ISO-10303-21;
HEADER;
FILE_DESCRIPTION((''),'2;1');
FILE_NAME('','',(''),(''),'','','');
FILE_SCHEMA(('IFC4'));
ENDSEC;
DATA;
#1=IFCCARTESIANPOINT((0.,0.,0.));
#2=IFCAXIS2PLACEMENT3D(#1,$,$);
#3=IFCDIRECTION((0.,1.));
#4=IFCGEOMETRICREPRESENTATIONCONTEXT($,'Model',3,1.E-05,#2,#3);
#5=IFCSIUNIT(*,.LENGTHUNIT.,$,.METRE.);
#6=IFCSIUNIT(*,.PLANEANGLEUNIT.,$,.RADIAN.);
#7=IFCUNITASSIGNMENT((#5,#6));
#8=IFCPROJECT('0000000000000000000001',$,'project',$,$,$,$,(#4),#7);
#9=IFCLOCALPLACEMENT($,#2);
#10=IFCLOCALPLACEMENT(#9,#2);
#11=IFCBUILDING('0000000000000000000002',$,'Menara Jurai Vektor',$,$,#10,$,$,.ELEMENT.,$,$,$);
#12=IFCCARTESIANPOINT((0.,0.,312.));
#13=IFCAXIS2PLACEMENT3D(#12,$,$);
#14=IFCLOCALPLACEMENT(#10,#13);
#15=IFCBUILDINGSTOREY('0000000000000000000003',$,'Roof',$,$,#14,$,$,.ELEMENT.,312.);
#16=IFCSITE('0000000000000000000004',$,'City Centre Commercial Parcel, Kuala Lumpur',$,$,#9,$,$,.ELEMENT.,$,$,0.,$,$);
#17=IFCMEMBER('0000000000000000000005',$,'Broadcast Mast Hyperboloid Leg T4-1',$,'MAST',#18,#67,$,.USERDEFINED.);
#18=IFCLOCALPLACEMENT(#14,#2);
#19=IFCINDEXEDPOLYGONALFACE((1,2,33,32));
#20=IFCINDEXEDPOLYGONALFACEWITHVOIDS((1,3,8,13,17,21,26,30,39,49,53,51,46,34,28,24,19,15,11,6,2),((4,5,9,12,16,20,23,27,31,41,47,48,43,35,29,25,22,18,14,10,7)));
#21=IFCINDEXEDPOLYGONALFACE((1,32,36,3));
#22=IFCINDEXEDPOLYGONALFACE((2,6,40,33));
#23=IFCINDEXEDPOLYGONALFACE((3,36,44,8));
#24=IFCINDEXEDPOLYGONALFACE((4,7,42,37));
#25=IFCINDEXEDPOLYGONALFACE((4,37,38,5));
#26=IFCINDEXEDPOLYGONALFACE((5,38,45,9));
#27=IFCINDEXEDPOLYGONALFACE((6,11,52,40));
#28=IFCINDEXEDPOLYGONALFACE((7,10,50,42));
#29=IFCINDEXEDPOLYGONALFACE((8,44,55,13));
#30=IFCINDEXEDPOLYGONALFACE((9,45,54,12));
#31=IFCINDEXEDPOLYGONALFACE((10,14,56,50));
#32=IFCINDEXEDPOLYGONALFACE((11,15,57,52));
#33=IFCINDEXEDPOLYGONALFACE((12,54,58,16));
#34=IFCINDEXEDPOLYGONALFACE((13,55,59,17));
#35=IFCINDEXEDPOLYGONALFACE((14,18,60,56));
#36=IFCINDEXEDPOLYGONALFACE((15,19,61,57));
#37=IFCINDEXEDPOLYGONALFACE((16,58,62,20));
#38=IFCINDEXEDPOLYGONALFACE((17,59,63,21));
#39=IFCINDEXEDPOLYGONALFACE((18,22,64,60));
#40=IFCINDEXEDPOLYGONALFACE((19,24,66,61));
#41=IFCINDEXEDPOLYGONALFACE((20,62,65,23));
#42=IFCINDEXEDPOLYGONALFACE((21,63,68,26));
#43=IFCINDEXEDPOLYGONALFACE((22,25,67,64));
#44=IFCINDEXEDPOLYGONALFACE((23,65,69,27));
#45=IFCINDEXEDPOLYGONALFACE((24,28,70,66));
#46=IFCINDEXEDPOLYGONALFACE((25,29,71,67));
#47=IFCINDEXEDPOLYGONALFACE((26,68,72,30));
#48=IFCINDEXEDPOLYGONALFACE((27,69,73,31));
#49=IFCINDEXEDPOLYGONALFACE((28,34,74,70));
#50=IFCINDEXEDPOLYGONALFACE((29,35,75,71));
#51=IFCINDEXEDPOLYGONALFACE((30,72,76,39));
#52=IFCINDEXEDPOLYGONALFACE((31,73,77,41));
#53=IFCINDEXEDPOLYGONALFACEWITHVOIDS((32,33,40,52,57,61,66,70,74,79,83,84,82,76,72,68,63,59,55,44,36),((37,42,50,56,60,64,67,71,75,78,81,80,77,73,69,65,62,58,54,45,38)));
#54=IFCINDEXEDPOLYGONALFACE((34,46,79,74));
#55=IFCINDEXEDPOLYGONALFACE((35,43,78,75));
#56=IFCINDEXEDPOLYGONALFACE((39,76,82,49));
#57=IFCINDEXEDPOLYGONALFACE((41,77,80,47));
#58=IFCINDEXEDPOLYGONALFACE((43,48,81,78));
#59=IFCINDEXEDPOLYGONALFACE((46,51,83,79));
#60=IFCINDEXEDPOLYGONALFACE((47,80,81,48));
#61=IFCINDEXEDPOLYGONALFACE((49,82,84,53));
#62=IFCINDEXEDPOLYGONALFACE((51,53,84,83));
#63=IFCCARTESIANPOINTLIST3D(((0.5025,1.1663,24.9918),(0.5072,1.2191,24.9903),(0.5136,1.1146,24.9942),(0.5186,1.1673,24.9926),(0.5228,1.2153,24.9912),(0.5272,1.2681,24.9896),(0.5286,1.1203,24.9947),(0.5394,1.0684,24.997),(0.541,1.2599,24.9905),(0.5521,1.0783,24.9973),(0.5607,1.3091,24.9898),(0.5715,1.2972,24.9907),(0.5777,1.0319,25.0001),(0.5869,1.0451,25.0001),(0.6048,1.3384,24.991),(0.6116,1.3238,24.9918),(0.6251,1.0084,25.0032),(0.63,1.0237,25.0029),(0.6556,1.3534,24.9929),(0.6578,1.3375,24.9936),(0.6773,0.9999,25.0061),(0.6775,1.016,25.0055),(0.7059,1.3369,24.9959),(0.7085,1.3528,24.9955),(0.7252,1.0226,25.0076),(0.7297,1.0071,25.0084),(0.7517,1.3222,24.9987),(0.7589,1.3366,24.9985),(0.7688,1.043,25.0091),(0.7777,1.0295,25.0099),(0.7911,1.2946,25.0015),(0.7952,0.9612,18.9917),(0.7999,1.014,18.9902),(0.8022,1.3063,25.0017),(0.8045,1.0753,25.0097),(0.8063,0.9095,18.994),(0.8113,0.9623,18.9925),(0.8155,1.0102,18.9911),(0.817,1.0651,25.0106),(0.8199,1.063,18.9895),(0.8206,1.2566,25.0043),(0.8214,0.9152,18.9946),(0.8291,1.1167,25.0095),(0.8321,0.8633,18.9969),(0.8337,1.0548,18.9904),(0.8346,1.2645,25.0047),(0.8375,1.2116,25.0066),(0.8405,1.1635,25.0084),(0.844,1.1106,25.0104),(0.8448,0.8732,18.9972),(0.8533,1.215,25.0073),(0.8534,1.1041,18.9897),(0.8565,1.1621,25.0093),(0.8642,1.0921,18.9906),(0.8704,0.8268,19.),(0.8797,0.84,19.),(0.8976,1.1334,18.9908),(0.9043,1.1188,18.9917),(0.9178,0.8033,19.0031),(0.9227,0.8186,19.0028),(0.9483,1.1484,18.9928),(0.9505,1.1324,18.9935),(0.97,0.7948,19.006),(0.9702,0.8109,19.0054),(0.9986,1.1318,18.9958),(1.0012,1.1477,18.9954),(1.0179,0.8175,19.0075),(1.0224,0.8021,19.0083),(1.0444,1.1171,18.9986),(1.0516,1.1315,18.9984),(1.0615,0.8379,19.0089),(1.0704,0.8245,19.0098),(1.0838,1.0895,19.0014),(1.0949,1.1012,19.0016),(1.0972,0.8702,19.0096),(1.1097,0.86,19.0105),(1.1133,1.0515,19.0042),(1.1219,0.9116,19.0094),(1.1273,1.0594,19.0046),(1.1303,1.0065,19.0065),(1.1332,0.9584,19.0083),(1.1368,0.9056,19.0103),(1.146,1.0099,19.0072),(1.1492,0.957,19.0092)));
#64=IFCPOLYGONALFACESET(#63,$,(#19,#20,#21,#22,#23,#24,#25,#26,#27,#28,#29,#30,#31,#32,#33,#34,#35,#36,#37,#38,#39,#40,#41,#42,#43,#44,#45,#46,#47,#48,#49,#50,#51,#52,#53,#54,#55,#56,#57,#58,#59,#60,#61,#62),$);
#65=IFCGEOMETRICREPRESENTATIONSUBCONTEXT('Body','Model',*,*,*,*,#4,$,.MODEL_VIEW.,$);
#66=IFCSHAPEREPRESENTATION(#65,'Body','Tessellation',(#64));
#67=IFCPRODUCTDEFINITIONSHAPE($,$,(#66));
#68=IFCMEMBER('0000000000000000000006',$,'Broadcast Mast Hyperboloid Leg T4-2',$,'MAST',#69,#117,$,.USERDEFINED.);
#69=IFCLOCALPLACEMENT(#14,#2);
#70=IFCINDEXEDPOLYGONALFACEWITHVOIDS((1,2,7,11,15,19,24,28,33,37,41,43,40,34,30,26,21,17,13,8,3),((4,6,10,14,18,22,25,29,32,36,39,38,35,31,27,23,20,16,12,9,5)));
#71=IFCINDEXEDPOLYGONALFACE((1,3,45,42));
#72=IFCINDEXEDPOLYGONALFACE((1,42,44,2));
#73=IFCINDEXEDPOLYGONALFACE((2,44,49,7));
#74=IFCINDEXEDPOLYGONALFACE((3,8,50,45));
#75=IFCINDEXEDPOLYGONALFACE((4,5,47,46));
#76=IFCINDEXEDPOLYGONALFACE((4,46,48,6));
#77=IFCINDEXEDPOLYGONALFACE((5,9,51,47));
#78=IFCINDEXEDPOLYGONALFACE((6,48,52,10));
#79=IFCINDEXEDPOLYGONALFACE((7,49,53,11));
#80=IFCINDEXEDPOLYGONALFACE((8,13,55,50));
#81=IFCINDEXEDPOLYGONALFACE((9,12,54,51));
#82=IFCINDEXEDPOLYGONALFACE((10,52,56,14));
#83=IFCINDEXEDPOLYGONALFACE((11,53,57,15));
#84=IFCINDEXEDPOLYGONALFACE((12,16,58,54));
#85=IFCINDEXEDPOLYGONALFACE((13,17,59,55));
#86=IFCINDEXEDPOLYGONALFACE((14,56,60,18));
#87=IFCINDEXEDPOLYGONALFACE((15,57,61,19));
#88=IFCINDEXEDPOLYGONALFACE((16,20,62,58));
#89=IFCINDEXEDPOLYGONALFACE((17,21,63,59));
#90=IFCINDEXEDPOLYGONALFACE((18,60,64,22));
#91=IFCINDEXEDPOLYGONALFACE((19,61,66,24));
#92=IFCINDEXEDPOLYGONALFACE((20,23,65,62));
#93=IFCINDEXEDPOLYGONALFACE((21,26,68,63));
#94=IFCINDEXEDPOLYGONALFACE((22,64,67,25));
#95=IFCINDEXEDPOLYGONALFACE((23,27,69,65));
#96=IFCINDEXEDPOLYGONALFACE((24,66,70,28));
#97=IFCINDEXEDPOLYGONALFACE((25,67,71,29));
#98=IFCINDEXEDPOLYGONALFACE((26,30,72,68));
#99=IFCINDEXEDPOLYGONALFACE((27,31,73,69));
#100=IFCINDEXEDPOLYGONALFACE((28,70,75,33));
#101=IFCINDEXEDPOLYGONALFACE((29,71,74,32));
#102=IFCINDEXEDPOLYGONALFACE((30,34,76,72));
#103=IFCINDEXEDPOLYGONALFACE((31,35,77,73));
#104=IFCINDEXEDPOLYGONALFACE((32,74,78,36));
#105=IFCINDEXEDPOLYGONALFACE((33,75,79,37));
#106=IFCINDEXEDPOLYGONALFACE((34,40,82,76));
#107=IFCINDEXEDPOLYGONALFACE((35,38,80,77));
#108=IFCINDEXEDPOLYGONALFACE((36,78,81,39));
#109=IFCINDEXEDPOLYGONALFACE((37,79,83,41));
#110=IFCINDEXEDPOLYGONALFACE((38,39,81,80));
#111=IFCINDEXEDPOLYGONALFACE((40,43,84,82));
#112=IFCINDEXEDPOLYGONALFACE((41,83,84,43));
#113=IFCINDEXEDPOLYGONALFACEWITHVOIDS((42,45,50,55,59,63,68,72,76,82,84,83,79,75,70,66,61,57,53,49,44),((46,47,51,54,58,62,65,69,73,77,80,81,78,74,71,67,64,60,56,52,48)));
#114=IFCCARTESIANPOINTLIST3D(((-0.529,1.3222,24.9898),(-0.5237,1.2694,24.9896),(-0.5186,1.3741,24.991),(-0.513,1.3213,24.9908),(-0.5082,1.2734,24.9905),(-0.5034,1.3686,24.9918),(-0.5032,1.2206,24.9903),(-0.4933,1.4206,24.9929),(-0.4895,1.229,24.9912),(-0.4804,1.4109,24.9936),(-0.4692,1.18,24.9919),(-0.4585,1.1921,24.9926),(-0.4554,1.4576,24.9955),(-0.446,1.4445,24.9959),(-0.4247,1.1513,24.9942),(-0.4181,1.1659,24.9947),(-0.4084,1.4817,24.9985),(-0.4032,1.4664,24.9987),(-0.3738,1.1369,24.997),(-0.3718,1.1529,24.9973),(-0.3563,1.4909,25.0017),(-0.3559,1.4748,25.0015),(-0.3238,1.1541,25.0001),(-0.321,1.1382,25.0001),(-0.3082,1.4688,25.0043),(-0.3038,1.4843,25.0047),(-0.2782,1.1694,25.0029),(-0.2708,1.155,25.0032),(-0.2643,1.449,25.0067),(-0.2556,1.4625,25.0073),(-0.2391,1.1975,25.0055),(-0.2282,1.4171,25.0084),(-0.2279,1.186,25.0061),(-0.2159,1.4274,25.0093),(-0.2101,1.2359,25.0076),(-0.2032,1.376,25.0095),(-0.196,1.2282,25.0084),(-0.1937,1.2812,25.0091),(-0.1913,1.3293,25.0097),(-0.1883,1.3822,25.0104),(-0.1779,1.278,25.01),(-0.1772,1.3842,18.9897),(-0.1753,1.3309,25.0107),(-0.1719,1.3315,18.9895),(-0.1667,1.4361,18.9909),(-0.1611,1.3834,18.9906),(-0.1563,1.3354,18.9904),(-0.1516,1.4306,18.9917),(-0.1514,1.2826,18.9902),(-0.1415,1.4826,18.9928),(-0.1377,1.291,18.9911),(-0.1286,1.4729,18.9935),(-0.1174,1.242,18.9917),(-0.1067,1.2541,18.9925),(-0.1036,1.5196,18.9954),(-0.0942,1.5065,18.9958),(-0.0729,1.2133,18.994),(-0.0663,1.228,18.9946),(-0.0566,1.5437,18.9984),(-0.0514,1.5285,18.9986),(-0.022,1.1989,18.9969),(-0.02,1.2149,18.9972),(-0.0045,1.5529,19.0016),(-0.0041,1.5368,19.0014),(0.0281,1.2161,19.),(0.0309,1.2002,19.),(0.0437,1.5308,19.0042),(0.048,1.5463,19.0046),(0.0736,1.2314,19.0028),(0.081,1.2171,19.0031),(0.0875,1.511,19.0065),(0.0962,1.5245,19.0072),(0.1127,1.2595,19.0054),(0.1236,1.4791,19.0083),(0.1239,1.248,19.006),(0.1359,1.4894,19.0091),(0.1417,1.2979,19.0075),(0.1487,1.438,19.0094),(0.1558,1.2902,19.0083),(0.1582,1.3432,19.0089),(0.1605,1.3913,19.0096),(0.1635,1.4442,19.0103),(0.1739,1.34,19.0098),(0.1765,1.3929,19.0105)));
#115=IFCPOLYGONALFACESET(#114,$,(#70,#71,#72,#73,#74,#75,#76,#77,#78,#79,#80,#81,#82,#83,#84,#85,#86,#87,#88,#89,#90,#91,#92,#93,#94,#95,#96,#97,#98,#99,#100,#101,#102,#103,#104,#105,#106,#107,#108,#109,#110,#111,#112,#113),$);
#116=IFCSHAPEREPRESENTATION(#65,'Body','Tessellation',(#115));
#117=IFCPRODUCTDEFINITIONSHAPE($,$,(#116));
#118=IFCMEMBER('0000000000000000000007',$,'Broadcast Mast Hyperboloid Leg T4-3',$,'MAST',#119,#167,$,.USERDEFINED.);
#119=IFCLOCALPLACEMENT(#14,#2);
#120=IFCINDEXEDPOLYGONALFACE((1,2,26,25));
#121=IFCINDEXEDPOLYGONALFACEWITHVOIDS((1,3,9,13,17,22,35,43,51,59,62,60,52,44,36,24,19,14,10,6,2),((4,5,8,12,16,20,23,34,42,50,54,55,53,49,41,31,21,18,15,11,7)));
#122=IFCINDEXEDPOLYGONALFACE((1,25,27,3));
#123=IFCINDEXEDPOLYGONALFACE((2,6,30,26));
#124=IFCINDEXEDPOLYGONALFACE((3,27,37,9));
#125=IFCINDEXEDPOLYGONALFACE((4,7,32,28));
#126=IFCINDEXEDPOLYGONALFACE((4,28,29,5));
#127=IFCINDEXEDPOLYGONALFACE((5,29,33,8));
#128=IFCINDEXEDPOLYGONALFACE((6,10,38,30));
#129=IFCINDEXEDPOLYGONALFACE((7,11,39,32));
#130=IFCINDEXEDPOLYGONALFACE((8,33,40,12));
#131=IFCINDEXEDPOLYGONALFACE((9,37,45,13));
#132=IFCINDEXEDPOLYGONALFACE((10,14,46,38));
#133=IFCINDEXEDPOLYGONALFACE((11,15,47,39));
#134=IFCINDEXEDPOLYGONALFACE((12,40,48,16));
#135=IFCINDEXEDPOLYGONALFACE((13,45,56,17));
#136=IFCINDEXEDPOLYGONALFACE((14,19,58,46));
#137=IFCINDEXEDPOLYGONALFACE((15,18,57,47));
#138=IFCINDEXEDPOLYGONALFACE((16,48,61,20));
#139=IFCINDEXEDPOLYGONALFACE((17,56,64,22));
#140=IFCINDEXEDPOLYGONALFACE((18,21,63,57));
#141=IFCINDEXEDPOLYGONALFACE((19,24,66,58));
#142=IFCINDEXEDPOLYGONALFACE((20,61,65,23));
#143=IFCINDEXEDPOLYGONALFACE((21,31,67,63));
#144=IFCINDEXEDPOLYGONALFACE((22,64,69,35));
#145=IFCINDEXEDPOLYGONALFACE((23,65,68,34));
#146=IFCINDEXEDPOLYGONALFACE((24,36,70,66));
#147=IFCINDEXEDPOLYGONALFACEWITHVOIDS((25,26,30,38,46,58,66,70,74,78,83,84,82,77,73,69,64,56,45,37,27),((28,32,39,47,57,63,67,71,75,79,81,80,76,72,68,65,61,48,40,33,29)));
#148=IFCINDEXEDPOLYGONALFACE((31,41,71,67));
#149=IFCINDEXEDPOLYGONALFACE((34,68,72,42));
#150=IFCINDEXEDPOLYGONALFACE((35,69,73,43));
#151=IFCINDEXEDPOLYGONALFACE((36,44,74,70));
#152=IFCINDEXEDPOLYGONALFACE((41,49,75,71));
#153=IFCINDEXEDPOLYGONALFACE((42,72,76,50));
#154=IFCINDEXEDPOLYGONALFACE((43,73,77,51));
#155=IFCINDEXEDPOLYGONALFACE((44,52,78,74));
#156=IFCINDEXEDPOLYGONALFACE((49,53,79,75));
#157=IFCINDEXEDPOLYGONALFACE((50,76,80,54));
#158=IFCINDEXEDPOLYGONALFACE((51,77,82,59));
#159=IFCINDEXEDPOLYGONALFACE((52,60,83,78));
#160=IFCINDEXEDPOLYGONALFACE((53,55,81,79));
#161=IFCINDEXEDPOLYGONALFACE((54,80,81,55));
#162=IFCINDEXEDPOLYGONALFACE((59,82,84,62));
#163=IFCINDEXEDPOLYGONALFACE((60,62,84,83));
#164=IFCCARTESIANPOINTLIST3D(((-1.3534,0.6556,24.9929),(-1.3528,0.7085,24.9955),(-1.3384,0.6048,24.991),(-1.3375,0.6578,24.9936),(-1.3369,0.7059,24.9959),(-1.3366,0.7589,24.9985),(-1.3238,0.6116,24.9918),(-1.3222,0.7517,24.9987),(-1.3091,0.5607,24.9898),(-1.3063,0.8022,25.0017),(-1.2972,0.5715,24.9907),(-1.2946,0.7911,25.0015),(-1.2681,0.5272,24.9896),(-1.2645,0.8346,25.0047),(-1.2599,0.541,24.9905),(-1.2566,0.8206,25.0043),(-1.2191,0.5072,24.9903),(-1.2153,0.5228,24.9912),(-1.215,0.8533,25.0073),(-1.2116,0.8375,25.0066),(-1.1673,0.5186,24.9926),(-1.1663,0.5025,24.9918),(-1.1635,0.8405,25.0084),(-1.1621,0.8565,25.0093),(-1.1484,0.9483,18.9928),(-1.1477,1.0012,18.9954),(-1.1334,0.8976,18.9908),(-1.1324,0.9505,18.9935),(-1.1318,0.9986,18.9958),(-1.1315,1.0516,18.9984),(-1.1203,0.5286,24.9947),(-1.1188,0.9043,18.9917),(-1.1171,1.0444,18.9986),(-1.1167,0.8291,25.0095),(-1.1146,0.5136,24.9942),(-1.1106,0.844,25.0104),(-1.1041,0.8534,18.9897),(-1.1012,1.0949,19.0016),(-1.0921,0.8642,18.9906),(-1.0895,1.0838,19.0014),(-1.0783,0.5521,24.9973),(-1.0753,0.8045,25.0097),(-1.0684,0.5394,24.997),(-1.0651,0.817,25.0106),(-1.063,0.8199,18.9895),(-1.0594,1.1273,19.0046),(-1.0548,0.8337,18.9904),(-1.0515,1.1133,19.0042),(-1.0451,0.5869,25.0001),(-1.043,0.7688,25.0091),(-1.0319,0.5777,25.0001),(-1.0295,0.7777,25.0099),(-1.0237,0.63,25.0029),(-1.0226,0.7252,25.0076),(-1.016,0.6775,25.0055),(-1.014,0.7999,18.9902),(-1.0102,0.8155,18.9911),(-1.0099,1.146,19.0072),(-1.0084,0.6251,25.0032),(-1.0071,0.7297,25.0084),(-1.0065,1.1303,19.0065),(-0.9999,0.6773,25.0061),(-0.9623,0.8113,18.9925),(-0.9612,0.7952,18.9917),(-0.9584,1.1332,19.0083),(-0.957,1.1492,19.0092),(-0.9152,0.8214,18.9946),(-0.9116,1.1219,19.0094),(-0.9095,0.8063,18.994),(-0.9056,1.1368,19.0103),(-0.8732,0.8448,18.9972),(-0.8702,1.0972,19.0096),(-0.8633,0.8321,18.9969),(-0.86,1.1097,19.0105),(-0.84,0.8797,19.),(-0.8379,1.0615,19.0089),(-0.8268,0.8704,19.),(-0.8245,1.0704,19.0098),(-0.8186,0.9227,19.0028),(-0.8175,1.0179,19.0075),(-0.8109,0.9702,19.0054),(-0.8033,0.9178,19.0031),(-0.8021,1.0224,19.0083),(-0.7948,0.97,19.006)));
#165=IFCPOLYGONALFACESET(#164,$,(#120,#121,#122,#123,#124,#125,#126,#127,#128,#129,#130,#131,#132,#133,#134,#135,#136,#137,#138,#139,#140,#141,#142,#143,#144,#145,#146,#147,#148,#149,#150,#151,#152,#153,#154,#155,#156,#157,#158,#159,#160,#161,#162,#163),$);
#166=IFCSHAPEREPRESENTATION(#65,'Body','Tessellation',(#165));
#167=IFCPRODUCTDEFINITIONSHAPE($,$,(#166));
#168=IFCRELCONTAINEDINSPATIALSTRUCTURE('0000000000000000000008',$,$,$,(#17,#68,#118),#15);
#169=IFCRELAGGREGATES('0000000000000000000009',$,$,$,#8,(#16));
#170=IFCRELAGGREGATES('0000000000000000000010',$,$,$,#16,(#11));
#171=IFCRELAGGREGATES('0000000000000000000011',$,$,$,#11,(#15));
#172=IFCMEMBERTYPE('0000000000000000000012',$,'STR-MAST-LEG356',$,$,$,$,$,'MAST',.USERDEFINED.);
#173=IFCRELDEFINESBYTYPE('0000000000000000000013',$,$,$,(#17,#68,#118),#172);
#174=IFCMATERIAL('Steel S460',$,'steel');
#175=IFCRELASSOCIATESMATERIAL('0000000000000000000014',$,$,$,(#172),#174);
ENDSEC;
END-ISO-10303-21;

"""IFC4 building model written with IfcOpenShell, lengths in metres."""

from ifc_helpers import new_model, si_unit, direction, frame, origin, origin_2d, place, context, subcontext, project, spatial, hollow_circle, extrude, material, material_profile, profile_set, type_object, element, save


model = new_model("IFC4")

# Units and contexts
model_context = context("Model", 3, precision=1e-05, world=origin(), true_north=direction((0.0, 1.0)))
body_context = subcontext(model_context, "Body", "Model", "MODEL_VIEW")
ifc_project = project(units=[si_unit("LENGTHUNIT", "METRE"), si_unit("PLANEANGLEUNIT", "RADIAN")], contexts=[model_context])

# Site, building, storey
site_placement = place(None, origin())
site = spatial("IfcSite", under=ifc_project, at=site_placement, Name="City Centre Commercial Parcel, Kuala Lumpur", CompositionType="ELEMENT", RefElevation=0.0)
building_placement = place(site_placement, origin())
building = spatial("IfcBuilding", under=site, at=building_placement, Name="Menara Jurai Vektor", CompositionType="ELEMENT")
storey_placement = place(building_placement, frame((0.0, 0.0, 312.0)))
storey = spatial("IfcBuildingStorey", under=building, at=storey_placement, Name="Roof", CompositionType="ELEMENT", Elevation=312.0)

# Members
ifc_material = material(Name="Steel S460", Category="steel")
ifc_material_profile_1 = material_profile(ifc_material, hollow_circle(Radius=0.1777, WallThickness=0.0161, at=origin_2d()), Name="CHS 355.6x16")
ifc_profile_set_1 = profile_set([ifc_material_profile_1], Name="Steel S460")
member_type_1 = type_object("IfcMemberType", Name="STR-MAST-LEG356", ElementType="MAST", PredefinedType="USERDEFINED", material=ifc_profile_set_1)
for number, where, z_axis, x_axis, name in (
    (1, (0.9724, 0.9724, 19.0), (-0.048701, 0.034119, 0.99823), (-0.573783, -0.819007, 0.0), "Broadcast Mast Hyperboloid Leg T4-1"),
    (2, (0.0, 1.3752, 19.0), (-0.058531, -0.010317, 0.998232), (0.17359, -0.984818, 0.0), "Broadcast Mast Hyperboloid Leg T4-2"),
    (3, (-0.9724, 0.9724, 19.0), (-0.034119, -0.048701, 0.99823), (0.819007, -0.573783, 0.0), "Broadcast Mast Hyperboloid Leg T4-3"),
):
    element("IfcMember", number, at=place(storey_placement, frame(where, z_axis=z_axis, x_axis=x_axis)), inside=storey, type_object=member_type_1, Name=name, ObjectType="MAST", PredefinedType="USERDEFINED", context=body_context, shape_type="SweptSolid", body=[
        extrude(hollow_circle(Radius=0.1777, WallThickness=0.0161, at=origin_2d()), origin(), (0.0, 0.0, 1.0), 6.0107),
    ])

save(model, "model.ifc")
